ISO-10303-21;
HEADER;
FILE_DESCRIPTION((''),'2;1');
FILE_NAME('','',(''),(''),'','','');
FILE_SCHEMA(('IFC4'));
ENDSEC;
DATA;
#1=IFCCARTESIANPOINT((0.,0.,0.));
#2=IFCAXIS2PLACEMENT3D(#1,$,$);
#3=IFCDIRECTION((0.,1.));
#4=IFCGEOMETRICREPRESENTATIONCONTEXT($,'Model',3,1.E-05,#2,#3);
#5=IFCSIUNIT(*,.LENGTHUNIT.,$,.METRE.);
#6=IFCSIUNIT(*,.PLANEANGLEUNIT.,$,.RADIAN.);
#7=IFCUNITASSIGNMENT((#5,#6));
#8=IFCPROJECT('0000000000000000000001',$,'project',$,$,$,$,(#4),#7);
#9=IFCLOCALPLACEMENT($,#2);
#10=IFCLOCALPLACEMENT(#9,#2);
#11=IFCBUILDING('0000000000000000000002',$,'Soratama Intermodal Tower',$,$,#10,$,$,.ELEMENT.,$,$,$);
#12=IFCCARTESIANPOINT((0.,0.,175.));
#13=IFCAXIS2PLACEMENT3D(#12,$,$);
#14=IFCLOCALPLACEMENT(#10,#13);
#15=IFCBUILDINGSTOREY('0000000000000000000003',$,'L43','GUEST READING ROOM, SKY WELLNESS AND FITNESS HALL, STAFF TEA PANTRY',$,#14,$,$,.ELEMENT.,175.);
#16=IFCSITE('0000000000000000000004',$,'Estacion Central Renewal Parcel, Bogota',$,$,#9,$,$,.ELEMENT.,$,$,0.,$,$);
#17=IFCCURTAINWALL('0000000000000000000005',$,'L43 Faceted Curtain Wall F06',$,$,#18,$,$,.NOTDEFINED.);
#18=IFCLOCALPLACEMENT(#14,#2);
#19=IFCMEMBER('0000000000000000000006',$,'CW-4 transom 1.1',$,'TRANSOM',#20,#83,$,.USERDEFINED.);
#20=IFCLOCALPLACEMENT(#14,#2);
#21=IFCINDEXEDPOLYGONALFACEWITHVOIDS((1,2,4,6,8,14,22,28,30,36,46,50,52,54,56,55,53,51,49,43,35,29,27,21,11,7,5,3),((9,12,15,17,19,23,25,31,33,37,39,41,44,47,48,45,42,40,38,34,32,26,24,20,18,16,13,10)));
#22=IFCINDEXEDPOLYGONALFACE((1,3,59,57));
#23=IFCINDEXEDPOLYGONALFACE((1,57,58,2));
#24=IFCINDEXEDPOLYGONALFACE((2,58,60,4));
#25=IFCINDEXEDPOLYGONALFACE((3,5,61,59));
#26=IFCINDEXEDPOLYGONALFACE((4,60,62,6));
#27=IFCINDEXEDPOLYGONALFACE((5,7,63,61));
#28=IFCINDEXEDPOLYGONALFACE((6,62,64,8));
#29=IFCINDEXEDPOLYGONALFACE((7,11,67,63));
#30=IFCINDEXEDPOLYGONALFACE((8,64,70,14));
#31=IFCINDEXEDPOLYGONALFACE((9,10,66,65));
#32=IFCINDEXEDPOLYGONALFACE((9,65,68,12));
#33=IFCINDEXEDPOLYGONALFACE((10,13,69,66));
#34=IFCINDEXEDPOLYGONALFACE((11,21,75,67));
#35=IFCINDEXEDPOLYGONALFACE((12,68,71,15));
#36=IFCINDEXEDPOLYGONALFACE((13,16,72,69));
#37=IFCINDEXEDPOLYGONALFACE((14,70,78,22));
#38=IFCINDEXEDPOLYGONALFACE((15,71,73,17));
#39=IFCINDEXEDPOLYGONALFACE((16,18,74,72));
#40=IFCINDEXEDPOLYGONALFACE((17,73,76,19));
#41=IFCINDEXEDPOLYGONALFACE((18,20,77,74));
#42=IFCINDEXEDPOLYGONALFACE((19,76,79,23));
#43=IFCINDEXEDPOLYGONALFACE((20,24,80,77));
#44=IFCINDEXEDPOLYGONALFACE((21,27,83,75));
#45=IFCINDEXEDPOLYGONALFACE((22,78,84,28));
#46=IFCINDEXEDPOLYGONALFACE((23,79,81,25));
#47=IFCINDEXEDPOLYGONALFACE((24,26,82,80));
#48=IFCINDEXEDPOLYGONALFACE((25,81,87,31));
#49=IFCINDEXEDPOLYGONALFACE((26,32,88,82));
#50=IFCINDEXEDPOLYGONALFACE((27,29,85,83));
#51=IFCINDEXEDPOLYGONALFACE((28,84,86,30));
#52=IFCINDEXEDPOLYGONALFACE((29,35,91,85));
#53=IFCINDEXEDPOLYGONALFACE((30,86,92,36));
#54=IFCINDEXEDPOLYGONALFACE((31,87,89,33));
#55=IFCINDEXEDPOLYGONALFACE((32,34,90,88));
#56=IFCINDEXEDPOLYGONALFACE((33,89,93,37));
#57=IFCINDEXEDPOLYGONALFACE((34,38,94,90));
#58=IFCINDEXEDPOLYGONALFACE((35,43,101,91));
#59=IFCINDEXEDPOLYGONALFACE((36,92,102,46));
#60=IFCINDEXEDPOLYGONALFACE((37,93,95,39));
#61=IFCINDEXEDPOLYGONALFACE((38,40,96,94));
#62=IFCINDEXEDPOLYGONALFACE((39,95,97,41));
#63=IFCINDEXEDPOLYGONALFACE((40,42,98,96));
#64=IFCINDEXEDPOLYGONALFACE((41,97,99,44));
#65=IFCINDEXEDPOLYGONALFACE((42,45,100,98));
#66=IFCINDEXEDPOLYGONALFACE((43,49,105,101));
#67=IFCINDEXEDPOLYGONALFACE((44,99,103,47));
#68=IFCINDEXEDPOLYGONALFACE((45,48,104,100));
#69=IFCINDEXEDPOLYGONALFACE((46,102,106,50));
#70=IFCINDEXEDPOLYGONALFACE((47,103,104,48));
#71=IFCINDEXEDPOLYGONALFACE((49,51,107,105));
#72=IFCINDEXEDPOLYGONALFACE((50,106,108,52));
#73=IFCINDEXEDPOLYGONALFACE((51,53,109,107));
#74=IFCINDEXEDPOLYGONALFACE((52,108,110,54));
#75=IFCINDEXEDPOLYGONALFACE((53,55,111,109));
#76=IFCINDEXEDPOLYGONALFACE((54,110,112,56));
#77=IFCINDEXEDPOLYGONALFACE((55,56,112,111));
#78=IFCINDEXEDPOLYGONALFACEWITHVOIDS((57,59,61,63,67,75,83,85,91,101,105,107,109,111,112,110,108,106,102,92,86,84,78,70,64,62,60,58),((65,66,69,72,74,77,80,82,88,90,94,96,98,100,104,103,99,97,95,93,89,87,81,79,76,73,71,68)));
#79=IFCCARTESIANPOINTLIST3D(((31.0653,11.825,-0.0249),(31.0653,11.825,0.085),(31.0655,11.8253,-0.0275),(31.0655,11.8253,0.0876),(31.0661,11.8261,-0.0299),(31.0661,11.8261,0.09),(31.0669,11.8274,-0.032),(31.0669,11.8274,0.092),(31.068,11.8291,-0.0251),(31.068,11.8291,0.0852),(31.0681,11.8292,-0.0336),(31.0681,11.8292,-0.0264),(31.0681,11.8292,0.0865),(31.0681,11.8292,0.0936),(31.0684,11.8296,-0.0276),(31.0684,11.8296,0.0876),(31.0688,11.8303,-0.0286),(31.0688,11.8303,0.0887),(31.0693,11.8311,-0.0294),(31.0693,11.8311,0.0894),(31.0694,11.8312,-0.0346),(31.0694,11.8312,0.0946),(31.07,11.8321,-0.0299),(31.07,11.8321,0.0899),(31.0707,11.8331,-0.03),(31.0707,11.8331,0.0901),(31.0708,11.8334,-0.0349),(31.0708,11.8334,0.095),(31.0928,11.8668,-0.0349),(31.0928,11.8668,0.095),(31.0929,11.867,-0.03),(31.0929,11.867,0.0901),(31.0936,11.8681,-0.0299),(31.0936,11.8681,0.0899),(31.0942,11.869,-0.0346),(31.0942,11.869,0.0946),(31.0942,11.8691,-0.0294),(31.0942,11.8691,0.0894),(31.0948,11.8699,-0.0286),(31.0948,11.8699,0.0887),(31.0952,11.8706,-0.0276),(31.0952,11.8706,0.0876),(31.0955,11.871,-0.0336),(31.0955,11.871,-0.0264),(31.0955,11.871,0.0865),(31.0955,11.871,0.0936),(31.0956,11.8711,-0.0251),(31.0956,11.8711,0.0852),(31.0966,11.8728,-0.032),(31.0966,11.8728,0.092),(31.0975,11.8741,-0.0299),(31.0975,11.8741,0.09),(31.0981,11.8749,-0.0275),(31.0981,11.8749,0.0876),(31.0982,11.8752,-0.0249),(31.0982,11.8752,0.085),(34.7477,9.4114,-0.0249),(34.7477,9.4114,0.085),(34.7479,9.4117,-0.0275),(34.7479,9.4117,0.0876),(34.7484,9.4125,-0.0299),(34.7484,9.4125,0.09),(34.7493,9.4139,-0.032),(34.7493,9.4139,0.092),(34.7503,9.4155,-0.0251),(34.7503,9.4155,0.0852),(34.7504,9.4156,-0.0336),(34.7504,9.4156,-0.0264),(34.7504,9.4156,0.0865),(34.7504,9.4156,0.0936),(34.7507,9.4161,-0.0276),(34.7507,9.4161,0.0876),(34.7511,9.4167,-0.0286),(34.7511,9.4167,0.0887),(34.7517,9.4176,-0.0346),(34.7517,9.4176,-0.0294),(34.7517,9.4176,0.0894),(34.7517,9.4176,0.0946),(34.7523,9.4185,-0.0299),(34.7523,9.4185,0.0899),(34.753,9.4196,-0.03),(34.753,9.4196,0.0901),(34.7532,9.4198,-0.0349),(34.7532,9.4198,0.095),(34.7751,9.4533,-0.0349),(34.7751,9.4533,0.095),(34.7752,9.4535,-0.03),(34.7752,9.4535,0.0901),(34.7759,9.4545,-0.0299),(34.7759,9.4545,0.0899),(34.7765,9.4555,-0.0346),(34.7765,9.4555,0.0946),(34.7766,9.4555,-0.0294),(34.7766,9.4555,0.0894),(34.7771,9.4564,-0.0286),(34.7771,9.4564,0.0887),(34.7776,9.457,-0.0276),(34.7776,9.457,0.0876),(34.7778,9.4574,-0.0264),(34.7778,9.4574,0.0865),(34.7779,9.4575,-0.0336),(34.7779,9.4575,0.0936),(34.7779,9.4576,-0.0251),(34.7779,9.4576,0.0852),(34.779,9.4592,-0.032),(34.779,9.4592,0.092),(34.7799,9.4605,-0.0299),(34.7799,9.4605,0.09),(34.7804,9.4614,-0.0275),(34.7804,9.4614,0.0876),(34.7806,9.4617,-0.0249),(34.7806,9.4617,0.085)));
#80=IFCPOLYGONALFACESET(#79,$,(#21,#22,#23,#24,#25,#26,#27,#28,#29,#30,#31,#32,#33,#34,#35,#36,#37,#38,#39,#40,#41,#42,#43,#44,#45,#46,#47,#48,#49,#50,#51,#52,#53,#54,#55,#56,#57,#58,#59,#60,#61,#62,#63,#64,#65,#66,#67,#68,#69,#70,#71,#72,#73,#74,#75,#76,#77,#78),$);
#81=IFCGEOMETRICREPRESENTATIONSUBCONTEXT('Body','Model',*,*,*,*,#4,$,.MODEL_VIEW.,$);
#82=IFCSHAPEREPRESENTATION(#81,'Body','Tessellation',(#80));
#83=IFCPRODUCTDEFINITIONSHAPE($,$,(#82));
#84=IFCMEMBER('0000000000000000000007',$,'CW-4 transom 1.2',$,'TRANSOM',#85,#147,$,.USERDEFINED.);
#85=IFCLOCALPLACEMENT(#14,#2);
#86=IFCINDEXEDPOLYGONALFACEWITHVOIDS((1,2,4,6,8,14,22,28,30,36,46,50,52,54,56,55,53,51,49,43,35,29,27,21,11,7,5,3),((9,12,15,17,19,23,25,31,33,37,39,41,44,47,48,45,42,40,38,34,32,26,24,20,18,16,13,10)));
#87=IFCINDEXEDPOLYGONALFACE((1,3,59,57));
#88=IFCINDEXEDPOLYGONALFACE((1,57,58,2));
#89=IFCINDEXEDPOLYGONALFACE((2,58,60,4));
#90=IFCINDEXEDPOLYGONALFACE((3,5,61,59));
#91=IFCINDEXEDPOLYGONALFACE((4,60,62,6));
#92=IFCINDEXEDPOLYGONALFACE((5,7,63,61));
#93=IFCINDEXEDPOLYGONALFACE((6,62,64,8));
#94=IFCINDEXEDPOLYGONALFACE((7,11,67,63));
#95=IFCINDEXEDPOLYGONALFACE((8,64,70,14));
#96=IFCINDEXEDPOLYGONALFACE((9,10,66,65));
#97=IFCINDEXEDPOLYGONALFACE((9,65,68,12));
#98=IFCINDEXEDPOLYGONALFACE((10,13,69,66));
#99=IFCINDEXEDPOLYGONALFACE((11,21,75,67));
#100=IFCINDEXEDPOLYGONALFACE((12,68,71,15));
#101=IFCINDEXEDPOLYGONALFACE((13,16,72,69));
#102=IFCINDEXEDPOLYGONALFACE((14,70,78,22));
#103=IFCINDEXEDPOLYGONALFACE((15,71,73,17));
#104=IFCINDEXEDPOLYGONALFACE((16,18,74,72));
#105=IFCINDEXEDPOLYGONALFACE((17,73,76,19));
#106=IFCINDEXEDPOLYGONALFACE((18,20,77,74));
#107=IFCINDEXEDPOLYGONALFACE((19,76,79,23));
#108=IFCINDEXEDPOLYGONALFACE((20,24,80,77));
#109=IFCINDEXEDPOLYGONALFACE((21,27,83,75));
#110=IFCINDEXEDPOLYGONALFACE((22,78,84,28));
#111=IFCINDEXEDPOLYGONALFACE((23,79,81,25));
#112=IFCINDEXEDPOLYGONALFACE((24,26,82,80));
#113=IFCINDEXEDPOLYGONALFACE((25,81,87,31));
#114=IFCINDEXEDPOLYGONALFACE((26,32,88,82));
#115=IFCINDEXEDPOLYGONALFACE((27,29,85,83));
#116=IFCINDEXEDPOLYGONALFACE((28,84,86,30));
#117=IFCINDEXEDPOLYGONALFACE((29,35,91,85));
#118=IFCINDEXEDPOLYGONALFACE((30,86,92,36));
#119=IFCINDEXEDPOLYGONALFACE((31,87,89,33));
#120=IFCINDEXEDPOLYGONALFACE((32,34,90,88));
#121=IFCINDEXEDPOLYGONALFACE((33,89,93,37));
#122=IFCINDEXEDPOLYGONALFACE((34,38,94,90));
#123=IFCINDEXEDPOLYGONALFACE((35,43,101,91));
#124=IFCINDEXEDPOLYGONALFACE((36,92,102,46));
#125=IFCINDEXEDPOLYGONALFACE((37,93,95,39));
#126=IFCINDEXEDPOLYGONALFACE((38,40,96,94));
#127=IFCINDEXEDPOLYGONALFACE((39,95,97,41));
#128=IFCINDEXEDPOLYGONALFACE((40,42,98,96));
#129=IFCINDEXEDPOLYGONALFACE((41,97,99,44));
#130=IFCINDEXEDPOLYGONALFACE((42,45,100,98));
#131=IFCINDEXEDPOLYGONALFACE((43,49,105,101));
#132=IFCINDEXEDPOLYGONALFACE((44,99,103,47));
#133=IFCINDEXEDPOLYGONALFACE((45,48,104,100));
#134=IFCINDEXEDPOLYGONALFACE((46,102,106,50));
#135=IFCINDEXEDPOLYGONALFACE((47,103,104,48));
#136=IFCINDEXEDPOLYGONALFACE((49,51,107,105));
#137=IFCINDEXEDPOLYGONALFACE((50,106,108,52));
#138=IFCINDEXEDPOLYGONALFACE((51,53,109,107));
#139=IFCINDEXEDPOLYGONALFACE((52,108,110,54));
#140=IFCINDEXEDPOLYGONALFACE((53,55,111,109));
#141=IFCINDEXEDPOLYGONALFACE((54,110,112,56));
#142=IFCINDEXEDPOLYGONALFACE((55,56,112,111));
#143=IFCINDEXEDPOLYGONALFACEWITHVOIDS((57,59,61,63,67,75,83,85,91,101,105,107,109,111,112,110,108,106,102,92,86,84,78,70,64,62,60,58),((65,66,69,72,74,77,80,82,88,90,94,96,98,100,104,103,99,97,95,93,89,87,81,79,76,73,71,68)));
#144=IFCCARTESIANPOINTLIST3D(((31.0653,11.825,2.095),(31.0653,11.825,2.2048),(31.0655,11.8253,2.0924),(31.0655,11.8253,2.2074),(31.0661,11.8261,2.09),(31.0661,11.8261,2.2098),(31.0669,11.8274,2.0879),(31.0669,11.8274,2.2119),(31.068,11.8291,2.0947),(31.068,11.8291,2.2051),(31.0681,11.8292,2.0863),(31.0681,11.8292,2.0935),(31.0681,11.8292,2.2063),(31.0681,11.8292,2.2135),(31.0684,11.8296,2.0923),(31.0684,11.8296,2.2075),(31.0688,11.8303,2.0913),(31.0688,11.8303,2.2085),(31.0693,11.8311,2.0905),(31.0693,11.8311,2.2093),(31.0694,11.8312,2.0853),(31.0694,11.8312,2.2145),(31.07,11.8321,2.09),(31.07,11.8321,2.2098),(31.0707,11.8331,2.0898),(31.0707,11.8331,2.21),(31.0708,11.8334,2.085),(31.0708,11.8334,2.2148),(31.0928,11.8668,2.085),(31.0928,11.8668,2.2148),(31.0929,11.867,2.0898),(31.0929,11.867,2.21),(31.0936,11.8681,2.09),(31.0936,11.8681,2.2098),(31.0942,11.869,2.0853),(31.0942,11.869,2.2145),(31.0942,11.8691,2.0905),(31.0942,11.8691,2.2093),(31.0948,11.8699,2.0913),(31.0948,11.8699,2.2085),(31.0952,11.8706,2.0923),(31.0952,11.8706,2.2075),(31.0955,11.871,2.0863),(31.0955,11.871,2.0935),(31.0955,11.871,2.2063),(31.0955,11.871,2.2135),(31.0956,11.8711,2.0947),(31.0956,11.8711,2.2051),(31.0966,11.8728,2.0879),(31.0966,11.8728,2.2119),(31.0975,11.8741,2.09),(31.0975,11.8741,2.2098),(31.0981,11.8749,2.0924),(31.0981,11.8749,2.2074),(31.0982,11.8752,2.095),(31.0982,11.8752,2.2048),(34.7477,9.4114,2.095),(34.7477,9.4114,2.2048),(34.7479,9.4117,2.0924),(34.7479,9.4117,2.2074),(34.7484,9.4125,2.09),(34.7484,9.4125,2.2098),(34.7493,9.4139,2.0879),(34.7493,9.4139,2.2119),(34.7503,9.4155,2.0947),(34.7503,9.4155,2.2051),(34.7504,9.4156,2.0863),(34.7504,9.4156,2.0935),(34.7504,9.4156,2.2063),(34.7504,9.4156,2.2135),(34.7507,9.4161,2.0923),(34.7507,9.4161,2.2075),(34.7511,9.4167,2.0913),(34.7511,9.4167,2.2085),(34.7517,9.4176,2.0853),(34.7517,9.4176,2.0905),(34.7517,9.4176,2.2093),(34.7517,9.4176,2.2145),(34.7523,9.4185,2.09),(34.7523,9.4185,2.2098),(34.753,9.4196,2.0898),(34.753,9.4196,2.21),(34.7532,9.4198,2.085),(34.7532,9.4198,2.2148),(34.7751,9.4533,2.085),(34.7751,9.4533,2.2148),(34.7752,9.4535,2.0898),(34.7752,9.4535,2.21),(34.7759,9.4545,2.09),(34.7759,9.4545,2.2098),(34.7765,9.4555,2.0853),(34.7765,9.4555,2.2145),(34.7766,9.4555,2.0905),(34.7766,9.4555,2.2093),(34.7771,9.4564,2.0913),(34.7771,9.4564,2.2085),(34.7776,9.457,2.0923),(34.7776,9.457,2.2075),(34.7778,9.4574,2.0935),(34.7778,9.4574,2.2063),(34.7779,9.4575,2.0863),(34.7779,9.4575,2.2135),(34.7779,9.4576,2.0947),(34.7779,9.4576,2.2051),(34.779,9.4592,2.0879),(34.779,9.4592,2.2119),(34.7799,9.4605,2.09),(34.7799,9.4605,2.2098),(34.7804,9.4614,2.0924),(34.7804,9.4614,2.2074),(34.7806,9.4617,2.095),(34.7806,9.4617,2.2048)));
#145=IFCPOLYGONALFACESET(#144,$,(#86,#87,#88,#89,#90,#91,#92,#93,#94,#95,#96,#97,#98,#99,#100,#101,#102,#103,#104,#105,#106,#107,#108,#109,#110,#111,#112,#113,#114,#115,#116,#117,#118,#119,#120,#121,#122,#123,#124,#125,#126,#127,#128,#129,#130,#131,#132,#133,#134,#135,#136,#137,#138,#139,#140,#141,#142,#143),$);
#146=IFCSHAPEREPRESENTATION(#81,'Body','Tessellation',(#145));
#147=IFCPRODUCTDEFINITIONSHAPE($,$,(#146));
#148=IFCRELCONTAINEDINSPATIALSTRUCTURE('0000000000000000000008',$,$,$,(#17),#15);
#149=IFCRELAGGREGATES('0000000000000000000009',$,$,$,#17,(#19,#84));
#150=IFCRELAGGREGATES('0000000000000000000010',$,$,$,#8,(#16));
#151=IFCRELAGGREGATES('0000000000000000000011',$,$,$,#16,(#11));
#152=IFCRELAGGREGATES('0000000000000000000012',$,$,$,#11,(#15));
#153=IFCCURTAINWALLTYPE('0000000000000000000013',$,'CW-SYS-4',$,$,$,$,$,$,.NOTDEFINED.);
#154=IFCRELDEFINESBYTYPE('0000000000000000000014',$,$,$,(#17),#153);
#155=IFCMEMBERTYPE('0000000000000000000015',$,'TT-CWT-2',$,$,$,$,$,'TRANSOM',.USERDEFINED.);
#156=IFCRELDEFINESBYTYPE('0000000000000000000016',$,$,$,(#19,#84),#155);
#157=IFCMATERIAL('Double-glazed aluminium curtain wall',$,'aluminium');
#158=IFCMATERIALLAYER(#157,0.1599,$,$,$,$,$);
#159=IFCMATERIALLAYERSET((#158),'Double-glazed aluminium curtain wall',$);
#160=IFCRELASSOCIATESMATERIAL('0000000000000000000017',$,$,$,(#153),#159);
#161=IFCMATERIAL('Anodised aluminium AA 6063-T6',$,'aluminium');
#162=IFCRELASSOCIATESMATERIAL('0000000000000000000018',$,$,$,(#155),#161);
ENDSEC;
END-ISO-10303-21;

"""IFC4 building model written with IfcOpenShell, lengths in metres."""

from ifc_helpers import new_model, si_unit, direction, frame, origin, origin_2d, place, context, subcontext, project, spatial, hollow_rectangle, extrude, material, layer, layer_set, material_profile, profile_set, type_object, element, aggregate, save


model = new_model("IFC4")

# Units and contexts
model_context = context("Model", 3, precision=1e-05, world=origin(), true_north=direction((0.0, 1.0)))
body_context = subcontext(model_context, "Body", "Model", "MODEL_VIEW")
ifc_project = project(units=[si_unit("LENGTHUNIT", "METRE"), si_unit("PLANEANGLEUNIT", "RADIAN")], contexts=[model_context])

# Site, building, storey
site_placement = place(None, origin())
site = spatial("IfcSite", under=ifc_project, at=site_placement, Name="Estacion Central Renewal Parcel, Bogota", CompositionType="ELEMENT", RefElevation=0.0)
building_placement = place(site_placement, origin())
building = spatial("IfcBuilding", under=site, at=building_placement, Name="Soratama Intermodal Tower", CompositionType="ELEMENT")
storey_placement = place(building_placement, frame((0.0, 0.0, 175.0)))
storey = spatial("IfcBuildingStorey", under=building, at=storey_placement, Name="L43", Description="GUEST READING ROOM, SKY WELLNESS AND FITNESS HALL, STAFF TEA PANTRY", CompositionType="ELEMENT", Elevation=175.0)

# Shared definitions
ifc_material_1 = material(Name="Double-glazed aluminium curtain wall", Category="aluminium")
ifc_layer_1 = layer(ifc_material_1, 0.1599)
ifc_layer_set_1 = layer_set([ifc_layer_1], Name="Double-glazed aluminium curtain wall")
curtain_wall_type = type_object("IfcCurtainWallType", Name="CW-SYS-4", PredefinedType="NOTDEFINED", material=ifc_layer_set_1)

# Curtain wall, members
curtain_wall_1_placement = place(storey_placement, origin())
curtain_wall_1 = element("IfcCurtainWall", 1, at=curtain_wall_1_placement, inside=storey, type_object=curtain_wall_type, Name="L43 Faceted Curtain Wall F06", PredefinedType="NOTDEFINED")
ifc_material_2 = material(Name="Anodised aluminium AA 6063-T6", Category="aluminium")
ifc_material_profile_1 = material_profile(ifc_material_2, hollow_rectangle(XDim=0.0601, YDim=0.1299, WallThickness=0.0049, InnerFilletRadius=0.0049, OuterFilletRadius=0.01, at=origin_2d()), Name="CWT130X60X5")
ifc_profile_set_1 = profile_set([ifc_material_profile_1], Name="Anodised aluminium AA 6063-T6")
member_type_1 = type_object("IfcMemberType", Name="TT-CWT-2", ElementType="TRANSOM", PredefinedType="USERDEFINED", material=ifc_profile_set_1)
member_1_placement = place(storey_placement, frame((31.0818, 11.8501, 0.03), z_axis=(0.836359, -0.548183, 0.0), x_axis=(0.548183, 0.836359, 0.0)))
member_1 = element("IfcMember", 2, at=member_1_placement, type_object=member_type_1, Name="CW-4 transom 1.1", ObjectType="TRANSOM", PredefinedType="USERDEFINED", context=body_context, shape_type="SweptSolid", body=[
    extrude(hollow_rectangle(XDim=0.0601, YDim=0.1299, WallThickness=0.0049, InnerFilletRadius=0.0049, OuterFilletRadius=0.01, at=origin_2d()), origin(), (0.0, 0.0, 1.0), 4.4028),
])
member_2_placement = place(storey_placement, frame((31.0818, 11.8501, 2.1499), z_axis=(0.836359, -0.548183, 0.0), x_axis=(0.548183, 0.836359, 0.0)))
member_2 = element("IfcMember", 3, at=member_2_placement, type_object=member_type_1, Name="CW-4 transom 1.2", ObjectType="TRANSOM", PredefinedType="USERDEFINED", context=body_context, shape_type="SweptSolid", body=[
    extrude(hollow_rectangle(XDim=0.0601, YDim=0.1299, WallThickness=0.0049, InnerFilletRadius=0.0049, OuterFilletRadius=0.01, at=origin_2d()), origin(), (0.0, 0.0, 1.0), 4.4028),
])
aggregate(curtain_wall_1, [member_1, member_2])

save(model, "model.ifc")
